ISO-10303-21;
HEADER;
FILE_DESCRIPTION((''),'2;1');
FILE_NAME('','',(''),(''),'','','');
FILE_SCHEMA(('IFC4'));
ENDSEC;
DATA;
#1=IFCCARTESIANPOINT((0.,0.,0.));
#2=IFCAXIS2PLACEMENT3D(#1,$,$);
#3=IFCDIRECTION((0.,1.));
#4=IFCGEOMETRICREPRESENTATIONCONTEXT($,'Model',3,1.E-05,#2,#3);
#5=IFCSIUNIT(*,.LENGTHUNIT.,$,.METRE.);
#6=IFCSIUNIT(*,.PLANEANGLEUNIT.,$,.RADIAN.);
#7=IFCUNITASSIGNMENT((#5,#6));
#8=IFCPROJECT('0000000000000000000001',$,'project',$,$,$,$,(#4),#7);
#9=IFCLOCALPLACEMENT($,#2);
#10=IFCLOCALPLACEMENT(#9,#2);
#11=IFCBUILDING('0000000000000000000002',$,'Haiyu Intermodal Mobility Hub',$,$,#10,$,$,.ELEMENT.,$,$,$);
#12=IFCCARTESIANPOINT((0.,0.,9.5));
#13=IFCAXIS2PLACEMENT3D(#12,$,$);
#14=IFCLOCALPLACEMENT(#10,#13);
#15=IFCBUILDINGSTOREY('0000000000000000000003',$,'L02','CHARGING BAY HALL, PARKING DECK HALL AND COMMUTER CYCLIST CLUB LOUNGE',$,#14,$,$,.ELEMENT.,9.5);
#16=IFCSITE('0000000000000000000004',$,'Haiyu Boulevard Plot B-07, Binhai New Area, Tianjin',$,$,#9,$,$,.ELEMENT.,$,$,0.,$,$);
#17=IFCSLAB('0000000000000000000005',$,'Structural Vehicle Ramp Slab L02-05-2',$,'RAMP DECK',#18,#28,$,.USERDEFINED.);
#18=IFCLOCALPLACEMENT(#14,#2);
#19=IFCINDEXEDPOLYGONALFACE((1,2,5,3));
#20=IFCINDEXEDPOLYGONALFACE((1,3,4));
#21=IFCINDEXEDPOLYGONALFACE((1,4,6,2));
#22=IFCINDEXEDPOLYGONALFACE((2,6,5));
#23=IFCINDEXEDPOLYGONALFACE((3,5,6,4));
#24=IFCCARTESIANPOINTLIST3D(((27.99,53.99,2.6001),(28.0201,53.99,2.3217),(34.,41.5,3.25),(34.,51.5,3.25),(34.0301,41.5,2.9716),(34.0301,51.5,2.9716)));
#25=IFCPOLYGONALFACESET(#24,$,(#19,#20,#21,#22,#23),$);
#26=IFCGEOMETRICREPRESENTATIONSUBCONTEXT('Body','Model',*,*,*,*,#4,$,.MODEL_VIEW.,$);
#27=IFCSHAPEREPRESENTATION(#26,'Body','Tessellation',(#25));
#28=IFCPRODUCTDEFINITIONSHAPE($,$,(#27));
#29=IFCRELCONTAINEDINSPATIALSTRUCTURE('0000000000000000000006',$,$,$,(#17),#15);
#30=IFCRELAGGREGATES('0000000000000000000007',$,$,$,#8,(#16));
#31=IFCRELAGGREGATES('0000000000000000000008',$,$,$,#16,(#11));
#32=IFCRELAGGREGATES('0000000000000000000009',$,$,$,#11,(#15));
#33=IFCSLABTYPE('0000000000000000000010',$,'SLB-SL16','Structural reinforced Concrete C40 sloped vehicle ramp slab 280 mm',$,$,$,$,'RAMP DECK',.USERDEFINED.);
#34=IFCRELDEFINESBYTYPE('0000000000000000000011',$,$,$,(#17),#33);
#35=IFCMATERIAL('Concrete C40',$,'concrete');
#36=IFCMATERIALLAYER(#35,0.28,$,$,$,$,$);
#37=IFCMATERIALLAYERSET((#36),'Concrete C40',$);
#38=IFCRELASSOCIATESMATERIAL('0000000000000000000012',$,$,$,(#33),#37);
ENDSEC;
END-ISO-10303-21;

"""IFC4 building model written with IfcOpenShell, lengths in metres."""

from ifc_helpers import new_model, si_unit, direction, frame, origin, place, context, subcontext, project, spatial, polyline, outline, extrude, material, layer, layer_set, type_object, element, save


model = new_model("IFC4")

# Units and contexts
model_context = context("Model", 3, precision=1e-05, world=origin(), true_north=direction((0.0, 1.0)))
body_context = subcontext(model_context, "Body", "Model", "MODEL_VIEW")
ifc_project = project(units=[si_unit("LENGTHUNIT", "METRE"), si_unit("PLANEANGLEUNIT", "RADIAN")], contexts=[model_context])

# Site, building, storey
site_placement = place(None, origin())
site = spatial("IfcSite", under=ifc_project, at=site_placement, Name="Haiyu Boulevard Plot B-07, Binhai New Area, Tianjin", CompositionType="ELEMENT", RefElevation=0.0)
building_placement = place(site_placement, origin())
building = spatial("IfcBuilding", under=site, at=building_placement, Name="Haiyu Intermodal Mobility Hub", CompositionType="ELEMENT")
storey_placement = place(building_placement, frame((0.0, 0.0, 9.5)))
storey = spatial("IfcBuildingStorey", under=building, at=storey_placement, Name="L02", Description="CHARGING BAY HALL, PARKING DECK HALL AND COMMUTER CYCLIST CLUB LOUNGE", CompositionType="ELEMENT", Elevation=9.5)

# Shared definitions
ifc_material_1 = material(Name="Concrete C40", Category="concrete")

# Slab
ifc_layer = layer(ifc_material_1, 0.28)
ifc_layer_set = layer_set([ifc_layer], Name="Concrete C40")
slab_type = type_object("IfcSlabType", Name="SLB-SL16", Description="Structural reinforced Concrete C40 sloped vehicle ramp slab 280 mm", ElementType="RAMP DECK", PredefinedType="USERDEFINED", material=ifc_layer_set)
slab_1_placement = place(storey_placement, frame((27.99, 53.99, 2.6001), z_axis=(-0.10751, 0.0, 0.994204), x_axis=(0.433124, -0.900117, 0.046837)))
element("IfcSlab", 1, at=slab_1_placement, inside=storey, type_object=slab_type, Name="Structural Vehicle Ramp Slab L02-05-2", ObjectType="RAMP DECK", PredefinedType="USERDEFINED", context=body_context, shape_type="SweptSolid", body=[
    extrude(outline(polyline([(0.0, 0.0), (13.876, 0.0), (4.8748, 4.3565), (0.0, 0.0)])), origin(), (0.0, 0.0, -1.0), 0.28),
])

save(model, "model.ifc")
